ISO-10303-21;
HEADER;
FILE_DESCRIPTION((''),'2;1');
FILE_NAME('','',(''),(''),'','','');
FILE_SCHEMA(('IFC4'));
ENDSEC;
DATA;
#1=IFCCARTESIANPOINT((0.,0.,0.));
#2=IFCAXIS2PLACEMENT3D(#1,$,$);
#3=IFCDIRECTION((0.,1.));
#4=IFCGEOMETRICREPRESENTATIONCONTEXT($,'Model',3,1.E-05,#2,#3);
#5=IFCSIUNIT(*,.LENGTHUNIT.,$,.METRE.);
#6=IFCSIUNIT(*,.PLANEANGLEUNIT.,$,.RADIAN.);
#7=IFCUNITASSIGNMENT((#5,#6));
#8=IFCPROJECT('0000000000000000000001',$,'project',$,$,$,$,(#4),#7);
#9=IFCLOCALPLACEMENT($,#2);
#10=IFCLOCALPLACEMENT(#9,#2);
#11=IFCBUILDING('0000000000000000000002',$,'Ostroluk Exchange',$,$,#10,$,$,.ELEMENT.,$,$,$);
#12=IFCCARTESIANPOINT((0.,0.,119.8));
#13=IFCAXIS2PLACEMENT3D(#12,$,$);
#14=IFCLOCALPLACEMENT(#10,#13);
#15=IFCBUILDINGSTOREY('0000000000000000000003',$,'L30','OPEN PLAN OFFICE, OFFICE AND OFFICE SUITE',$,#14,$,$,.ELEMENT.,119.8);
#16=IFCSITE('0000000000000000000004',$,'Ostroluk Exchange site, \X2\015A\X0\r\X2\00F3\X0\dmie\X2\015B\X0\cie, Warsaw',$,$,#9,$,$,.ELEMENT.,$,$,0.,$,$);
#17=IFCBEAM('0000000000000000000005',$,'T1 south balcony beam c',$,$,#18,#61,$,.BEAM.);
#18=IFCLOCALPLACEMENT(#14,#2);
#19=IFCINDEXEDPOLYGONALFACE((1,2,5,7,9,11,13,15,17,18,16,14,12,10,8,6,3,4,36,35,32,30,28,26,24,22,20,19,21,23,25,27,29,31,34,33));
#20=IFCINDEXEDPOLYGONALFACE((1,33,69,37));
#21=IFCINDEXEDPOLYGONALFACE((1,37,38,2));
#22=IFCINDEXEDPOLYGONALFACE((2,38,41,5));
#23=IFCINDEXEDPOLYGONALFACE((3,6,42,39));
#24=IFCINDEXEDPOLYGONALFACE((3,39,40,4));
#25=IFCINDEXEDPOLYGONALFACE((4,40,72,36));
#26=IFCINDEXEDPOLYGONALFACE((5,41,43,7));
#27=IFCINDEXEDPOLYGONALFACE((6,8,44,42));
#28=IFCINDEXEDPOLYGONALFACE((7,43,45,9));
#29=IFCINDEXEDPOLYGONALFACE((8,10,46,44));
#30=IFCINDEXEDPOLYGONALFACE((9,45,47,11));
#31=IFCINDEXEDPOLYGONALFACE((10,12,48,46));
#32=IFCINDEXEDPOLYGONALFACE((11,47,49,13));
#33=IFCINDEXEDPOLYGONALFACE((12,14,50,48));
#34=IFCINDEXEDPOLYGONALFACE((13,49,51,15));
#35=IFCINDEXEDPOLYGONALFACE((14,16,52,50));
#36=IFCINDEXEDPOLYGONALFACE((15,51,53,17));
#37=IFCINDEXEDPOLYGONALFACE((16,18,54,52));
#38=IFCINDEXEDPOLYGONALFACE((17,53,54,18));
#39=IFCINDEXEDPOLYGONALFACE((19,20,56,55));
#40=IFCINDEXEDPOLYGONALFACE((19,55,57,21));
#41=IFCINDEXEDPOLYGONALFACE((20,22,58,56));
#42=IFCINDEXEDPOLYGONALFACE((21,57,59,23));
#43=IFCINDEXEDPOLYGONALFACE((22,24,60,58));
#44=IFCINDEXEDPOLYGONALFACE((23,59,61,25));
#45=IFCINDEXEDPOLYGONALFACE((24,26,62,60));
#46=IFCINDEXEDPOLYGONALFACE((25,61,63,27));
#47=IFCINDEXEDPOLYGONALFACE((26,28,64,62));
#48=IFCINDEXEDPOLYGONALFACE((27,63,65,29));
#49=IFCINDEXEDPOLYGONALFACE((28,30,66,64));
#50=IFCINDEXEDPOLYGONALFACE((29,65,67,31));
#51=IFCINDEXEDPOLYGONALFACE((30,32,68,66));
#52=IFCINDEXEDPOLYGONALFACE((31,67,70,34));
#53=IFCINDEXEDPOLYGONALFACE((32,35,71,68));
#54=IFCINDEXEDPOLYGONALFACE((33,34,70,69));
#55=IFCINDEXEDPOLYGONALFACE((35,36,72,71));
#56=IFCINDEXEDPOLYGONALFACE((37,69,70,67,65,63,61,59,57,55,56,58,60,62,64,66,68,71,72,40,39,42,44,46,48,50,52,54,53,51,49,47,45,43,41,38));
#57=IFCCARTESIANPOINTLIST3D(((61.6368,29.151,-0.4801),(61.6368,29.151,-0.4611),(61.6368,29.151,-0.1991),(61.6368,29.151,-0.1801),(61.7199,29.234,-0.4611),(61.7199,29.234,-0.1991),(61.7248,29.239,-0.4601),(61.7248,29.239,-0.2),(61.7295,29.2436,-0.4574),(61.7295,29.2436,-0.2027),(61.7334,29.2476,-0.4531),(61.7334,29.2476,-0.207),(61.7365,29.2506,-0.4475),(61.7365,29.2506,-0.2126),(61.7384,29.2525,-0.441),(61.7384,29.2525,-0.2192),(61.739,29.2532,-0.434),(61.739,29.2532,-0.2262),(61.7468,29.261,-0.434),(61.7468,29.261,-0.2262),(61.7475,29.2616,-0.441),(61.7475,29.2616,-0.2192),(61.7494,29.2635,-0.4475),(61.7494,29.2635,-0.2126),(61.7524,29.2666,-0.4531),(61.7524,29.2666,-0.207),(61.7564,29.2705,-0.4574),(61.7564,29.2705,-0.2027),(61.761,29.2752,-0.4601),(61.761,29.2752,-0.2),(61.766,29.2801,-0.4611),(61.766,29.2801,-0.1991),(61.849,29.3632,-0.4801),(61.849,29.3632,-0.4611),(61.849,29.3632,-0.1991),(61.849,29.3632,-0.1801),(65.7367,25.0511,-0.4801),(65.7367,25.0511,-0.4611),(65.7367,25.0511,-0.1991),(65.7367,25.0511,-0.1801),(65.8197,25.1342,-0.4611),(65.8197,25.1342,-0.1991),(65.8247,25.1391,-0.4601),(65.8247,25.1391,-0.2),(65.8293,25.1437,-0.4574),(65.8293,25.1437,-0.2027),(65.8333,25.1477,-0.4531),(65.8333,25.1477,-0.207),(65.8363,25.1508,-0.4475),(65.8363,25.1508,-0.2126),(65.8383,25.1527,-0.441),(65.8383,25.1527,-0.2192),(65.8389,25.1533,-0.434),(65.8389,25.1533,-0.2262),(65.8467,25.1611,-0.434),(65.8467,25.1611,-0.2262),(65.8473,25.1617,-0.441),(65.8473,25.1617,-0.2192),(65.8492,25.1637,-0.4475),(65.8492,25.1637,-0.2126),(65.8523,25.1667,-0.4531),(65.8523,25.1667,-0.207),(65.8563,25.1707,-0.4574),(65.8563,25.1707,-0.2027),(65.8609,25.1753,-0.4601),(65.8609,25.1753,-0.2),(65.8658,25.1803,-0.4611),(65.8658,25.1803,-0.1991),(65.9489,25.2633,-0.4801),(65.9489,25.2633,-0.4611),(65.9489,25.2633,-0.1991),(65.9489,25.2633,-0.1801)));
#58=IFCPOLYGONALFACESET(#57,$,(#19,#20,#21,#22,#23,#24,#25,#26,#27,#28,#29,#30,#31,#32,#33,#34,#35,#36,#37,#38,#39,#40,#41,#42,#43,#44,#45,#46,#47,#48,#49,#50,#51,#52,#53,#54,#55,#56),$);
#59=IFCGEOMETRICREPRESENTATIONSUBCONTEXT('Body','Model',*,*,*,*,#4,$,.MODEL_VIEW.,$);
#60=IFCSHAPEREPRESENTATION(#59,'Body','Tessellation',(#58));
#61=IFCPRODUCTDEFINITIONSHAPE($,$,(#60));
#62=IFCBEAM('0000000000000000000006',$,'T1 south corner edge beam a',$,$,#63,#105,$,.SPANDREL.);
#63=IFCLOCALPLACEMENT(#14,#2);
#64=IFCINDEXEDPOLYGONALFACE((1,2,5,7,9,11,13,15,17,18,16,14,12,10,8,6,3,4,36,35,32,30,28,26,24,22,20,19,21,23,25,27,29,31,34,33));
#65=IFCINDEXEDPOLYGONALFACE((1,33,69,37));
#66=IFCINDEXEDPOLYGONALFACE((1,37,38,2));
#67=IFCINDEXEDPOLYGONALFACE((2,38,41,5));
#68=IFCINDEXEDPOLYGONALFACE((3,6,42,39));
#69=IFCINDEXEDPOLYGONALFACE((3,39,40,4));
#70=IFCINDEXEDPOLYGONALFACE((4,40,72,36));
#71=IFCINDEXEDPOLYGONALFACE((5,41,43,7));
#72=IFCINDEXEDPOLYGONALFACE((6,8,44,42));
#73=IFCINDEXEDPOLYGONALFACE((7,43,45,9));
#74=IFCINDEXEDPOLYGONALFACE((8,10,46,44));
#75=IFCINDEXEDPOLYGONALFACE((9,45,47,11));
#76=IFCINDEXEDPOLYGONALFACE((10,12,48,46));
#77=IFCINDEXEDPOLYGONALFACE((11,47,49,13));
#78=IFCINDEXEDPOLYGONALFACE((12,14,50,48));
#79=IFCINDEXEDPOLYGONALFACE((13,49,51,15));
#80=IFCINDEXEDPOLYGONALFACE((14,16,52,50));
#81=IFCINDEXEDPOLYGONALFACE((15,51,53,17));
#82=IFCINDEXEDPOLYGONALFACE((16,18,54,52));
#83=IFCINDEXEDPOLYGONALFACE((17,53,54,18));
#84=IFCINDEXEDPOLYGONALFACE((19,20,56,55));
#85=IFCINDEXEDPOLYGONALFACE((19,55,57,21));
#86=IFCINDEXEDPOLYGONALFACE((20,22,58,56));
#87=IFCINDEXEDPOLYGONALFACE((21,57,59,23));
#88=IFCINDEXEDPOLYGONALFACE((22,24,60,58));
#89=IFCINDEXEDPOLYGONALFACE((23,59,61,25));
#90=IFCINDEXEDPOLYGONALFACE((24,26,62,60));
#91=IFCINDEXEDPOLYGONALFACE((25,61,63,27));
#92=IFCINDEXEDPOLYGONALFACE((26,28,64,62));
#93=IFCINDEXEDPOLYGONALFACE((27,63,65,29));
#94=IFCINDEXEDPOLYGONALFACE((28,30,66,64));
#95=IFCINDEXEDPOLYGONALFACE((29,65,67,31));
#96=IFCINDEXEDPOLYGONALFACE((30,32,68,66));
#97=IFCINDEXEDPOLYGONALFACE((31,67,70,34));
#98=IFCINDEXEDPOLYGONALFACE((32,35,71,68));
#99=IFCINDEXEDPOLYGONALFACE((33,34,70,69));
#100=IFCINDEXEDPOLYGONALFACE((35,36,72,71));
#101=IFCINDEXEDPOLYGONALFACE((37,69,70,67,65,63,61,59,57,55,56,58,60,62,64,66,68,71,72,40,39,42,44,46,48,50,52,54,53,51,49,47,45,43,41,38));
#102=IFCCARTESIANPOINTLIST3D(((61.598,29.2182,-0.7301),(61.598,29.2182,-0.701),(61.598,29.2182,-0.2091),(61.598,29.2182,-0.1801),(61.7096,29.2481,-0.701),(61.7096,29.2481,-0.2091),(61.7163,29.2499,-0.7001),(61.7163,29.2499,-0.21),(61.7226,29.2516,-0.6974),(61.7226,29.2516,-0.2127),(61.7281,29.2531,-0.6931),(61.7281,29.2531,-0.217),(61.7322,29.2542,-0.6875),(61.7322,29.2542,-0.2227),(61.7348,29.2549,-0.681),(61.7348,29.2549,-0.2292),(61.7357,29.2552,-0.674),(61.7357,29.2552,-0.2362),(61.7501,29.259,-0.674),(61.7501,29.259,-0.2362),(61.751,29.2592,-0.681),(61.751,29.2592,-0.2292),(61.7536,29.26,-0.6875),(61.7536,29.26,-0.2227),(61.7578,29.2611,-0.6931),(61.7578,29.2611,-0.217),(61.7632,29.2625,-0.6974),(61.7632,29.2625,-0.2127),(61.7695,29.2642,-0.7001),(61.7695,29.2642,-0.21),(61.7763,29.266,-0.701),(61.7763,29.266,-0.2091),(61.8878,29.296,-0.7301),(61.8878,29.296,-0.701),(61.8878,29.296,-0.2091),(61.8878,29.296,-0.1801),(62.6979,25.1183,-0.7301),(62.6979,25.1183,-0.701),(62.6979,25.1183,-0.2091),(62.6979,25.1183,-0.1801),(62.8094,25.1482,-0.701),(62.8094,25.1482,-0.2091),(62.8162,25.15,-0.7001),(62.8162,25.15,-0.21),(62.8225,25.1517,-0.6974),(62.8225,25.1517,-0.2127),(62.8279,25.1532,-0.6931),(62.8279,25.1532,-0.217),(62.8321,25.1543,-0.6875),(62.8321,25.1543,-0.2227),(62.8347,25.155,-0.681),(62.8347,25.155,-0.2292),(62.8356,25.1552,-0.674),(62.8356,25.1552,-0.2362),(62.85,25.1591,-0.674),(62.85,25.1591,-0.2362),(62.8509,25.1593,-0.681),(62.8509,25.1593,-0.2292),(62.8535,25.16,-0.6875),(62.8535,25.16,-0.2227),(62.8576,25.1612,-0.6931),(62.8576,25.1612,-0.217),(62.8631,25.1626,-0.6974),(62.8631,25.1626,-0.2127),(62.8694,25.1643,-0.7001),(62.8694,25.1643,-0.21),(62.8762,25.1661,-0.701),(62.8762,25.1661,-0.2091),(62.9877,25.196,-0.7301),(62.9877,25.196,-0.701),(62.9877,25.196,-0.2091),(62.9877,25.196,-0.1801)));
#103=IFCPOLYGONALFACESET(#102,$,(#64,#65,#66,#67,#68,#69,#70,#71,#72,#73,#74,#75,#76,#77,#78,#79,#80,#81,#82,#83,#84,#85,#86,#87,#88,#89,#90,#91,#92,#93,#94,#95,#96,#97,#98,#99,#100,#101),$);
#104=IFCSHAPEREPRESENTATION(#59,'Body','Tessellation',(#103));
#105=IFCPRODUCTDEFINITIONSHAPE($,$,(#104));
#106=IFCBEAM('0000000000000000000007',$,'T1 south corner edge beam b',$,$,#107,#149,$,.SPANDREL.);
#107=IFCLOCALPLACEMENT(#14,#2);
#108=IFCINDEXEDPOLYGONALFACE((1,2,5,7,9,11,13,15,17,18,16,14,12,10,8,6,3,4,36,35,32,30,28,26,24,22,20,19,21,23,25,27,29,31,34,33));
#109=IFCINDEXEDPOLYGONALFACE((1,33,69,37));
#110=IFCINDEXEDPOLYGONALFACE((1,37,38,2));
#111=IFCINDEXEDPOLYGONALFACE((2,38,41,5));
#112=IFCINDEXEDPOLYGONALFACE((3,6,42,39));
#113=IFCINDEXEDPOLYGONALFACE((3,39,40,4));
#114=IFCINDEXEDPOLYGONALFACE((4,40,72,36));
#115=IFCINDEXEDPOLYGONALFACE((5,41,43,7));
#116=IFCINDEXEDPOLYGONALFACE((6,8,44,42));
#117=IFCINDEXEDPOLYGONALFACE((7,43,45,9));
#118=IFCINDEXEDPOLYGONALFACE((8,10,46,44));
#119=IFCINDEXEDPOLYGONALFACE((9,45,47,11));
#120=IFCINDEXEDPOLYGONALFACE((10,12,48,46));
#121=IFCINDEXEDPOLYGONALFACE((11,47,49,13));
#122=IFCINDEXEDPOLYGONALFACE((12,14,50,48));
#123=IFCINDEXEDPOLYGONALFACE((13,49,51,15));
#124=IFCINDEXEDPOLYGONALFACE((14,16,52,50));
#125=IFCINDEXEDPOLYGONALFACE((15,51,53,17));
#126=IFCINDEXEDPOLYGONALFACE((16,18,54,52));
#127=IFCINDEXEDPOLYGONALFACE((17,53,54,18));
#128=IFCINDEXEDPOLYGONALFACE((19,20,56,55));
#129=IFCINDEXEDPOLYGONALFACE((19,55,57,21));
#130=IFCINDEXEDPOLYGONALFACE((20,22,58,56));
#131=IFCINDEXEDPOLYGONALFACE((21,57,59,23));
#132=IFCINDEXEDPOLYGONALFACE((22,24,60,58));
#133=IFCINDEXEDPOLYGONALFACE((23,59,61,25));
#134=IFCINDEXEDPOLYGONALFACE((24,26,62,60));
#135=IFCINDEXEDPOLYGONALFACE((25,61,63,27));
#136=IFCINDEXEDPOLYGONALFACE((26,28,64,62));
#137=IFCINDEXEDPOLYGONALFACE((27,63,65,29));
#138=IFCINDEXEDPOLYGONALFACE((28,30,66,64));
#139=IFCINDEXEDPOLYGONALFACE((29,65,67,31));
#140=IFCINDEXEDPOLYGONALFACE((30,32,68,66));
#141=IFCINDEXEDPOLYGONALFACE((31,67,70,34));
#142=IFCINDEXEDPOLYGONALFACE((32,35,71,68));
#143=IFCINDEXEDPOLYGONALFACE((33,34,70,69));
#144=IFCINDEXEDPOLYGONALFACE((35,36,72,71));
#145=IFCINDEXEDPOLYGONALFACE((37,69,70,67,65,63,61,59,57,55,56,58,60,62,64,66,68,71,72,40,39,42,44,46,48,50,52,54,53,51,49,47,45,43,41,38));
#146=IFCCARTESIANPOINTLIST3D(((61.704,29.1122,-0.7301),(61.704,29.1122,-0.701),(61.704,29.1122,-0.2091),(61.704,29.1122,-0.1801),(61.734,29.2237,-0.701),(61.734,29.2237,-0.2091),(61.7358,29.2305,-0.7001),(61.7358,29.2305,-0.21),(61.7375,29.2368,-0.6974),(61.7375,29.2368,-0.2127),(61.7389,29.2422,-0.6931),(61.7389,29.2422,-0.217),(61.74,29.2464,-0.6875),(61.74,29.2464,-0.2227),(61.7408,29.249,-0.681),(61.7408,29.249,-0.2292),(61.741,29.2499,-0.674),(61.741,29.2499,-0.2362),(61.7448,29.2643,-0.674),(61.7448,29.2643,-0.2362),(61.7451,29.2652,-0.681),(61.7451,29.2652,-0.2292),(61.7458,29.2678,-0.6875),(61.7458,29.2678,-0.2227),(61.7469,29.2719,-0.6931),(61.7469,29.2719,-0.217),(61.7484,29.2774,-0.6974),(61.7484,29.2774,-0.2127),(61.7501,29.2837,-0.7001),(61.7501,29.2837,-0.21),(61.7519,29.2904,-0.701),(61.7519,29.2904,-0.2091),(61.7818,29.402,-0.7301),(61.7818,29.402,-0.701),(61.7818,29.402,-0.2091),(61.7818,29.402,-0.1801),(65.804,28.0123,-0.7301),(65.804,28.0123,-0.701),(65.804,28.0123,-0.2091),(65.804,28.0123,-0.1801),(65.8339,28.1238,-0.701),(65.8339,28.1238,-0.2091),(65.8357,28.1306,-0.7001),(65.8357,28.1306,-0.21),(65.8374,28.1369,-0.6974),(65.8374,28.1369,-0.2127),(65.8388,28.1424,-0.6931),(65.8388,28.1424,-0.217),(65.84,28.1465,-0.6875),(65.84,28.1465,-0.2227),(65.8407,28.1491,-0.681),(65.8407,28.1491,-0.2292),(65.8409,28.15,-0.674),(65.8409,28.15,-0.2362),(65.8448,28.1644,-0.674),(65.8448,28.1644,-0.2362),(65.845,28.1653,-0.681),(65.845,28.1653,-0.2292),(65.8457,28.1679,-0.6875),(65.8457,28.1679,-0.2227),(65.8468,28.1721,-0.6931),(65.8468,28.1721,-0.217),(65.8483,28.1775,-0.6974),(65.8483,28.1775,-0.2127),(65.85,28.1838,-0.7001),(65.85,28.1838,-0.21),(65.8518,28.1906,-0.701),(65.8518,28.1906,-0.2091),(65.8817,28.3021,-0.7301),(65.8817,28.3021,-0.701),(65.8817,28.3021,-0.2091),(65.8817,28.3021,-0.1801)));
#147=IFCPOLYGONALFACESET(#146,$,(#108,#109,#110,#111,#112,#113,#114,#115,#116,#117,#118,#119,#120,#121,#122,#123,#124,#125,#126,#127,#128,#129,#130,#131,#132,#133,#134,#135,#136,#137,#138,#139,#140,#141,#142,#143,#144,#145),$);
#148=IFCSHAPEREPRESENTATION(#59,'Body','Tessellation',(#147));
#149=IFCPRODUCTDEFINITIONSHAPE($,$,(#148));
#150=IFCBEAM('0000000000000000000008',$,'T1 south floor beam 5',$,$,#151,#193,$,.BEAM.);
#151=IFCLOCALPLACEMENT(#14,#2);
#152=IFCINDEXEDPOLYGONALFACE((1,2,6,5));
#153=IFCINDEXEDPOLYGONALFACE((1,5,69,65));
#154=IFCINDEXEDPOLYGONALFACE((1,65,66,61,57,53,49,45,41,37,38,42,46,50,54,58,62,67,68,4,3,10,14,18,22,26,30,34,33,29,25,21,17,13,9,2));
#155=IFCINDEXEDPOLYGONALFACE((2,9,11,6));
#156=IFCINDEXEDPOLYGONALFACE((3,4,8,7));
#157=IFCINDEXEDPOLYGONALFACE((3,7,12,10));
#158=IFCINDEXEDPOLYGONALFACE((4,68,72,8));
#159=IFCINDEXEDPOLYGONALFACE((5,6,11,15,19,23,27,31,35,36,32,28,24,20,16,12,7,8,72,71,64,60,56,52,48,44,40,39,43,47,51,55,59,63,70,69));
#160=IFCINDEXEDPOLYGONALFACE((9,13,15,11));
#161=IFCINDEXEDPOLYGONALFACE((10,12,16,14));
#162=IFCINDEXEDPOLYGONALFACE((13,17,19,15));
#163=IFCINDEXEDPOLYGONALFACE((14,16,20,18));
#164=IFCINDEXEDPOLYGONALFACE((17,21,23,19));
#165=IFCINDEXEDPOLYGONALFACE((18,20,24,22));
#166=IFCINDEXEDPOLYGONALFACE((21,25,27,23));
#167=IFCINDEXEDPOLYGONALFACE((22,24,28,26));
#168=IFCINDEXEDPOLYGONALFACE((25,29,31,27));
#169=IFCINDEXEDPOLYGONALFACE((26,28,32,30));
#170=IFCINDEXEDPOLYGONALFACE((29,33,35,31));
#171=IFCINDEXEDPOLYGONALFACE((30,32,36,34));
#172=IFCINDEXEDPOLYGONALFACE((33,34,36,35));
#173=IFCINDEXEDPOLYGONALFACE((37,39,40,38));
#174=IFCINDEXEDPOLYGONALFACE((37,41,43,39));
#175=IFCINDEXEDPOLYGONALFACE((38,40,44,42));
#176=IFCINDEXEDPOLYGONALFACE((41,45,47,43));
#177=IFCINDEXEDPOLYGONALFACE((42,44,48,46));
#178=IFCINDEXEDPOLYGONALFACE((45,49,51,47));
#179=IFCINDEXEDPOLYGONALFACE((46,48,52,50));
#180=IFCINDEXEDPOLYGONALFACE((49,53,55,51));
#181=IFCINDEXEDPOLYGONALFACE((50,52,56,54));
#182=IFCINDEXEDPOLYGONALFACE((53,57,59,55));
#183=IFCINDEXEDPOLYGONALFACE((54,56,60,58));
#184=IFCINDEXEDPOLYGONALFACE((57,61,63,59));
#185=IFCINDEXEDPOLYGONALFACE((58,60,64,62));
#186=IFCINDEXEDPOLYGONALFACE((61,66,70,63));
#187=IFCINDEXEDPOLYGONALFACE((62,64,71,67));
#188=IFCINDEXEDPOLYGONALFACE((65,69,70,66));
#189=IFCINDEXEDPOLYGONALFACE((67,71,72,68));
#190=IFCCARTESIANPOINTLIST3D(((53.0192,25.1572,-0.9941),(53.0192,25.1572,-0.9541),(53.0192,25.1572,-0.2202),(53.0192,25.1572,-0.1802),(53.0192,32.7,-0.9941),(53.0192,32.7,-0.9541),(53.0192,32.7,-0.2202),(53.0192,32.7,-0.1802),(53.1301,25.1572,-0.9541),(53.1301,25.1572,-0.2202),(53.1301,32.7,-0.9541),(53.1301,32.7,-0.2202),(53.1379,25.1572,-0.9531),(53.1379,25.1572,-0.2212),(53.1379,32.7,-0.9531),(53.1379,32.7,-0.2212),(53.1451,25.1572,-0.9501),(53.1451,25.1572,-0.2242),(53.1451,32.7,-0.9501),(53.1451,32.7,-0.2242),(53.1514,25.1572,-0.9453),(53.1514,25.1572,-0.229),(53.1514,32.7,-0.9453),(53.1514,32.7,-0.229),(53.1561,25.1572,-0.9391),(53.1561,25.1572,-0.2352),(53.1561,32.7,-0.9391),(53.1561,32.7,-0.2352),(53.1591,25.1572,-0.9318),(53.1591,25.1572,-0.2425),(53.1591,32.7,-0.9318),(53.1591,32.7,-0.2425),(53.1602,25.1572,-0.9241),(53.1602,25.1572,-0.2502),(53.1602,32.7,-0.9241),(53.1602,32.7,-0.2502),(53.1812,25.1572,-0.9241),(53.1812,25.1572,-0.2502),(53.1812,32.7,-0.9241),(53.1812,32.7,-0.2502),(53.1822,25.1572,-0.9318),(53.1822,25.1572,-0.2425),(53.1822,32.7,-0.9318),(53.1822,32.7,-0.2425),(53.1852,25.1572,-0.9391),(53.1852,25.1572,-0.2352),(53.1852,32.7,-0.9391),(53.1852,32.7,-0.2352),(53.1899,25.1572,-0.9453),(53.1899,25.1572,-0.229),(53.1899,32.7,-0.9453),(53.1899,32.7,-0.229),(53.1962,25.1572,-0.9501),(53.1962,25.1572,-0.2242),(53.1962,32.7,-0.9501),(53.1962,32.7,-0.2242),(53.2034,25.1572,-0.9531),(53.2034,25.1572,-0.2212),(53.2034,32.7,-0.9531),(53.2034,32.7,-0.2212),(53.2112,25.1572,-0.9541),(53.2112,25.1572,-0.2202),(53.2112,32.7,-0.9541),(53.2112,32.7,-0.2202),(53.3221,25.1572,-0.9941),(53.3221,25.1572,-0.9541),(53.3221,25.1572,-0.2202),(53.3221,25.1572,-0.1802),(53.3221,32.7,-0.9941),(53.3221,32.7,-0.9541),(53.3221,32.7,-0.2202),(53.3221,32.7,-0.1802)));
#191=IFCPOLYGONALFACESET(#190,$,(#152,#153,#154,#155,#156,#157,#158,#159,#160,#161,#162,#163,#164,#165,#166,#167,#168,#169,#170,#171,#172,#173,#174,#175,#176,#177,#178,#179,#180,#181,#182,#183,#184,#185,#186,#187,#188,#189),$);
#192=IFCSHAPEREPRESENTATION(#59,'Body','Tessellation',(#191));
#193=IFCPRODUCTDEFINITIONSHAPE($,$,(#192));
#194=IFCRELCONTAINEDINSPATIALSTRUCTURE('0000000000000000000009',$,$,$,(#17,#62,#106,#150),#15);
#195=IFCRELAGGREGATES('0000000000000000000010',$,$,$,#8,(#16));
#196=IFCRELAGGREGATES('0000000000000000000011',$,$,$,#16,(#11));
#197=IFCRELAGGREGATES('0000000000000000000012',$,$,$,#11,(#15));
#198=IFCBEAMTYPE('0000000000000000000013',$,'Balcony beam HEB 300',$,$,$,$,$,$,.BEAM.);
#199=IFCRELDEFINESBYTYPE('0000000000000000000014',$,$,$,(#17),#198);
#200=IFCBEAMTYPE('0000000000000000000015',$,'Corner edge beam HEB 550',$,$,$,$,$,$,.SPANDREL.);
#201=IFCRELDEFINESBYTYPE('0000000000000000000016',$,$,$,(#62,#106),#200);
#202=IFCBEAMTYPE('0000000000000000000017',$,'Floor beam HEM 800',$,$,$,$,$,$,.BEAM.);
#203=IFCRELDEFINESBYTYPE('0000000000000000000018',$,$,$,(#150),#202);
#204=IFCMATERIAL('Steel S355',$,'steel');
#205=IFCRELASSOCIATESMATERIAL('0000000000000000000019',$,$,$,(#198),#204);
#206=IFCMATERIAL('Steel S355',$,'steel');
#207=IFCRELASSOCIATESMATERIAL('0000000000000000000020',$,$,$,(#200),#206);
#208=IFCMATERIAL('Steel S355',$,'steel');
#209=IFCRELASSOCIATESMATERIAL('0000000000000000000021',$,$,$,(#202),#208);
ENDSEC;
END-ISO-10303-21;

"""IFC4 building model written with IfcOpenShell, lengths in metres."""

from ifc_helpers import new_model, si_unit, direction, frame, origin, origin_2d, place, context, subcontext, project, spatial, i_section, extrude, material, material_profile, profile_set, type_object, element, save


model = new_model("IFC4")

# Units and contexts
model_context = context("Model", 3, precision=1e-05, world=origin(), true_north=direction((0.0, 1.0)))
body_context = subcontext(model_context, "Body", "Model", "MODEL_VIEW")
ifc_project = project(units=[si_unit("LENGTHUNIT", "METRE"), si_unit("PLANEANGLEUNIT", "RADIAN")], contexts=[model_context])

# Site, building, storey
site_placement = place(None, origin())
site = spatial("IfcSite", under=ifc_project, at=site_placement, Name="Ostroluk Exchange site, Śródmieście, Warsaw", CompositionType="ELEMENT", RefElevation=0.0)
building_placement = place(site_placement, origin())
building = spatial("IfcBuilding", under=site, at=building_placement, Name="Ostroluk Exchange", CompositionType="ELEMENT")
storey_placement = place(building_placement, frame((0.0, 0.0, 119.8)))
storey = spatial("IfcBuildingStorey", under=building, at=storey_placement, Name="L30", Description="OPEN PLAN OFFICE, OFFICE AND OFFICE SUITE", CompositionType="ELEMENT", Elevation=119.8)

# Beams
ifc_material_1 = material(Name="Steel S355", Category="steel")
ifc_material_profile_1 = material_profile(ifc_material_1, i_section(OverallWidth=0.3, OverallDepth=0.3, WebThickness=0.011, FlangeThickness=0.019, FilletRadius=0.0271, at=origin_2d()), Name="HEB 300")
ifc_profile_set_1 = profile_set([ifc_material_profile_1], Name="Steel S355")
beam_type_1 = type_object("IfcBeamType", Name="Balcony beam HEB 300", PredefinedType="BEAM", material=ifc_profile_set_1)
beam_1_placement = place(storey_placement, frame((61.7429, 29.2571, -0.3301), z_axis=(0.707107, -0.707107, 0.0), x_axis=(0.707107, 0.707107, 0.0)))
element("IfcBeam", 1, at=beam_1_placement, inside=storey, type_object=beam_type_1, Name="T1 south balcony beam c", PredefinedType="BEAM", context=body_context, shape_type="SweptSolid", body=[
    extrude(i_section(OverallWidth=0.3, OverallDepth=0.3, WebThickness=0.011, FlangeThickness=0.019, FilletRadius=0.0271, at=origin_2d()), origin(), (0.0, 0.0, 1.0), 5.7981),
])
ifc_material_2 = material(Name="Steel S355", Category="steel")
ifc_material_profile_2 = material_profile(ifc_material_2, i_section(OverallWidth=0.3, OverallDepth=0.55, WebThickness=0.0149, FlangeThickness=0.0291, FilletRadius=0.0271, at=origin_2d()), Name="HEB 550")
ifc_profile_set_2 = profile_set([ifc_material_profile_2], Name="Steel S355")
beam_type_2 = type_object("IfcBeamType", Name="Corner edge beam HEB 550", PredefinedType="SPANDREL", material=ifc_profile_set_2)
for number, where, z_axis, x_axis, name in (
    (2, (61.7429, 29.2571, -0.4551), (0.259105, -0.965849, 0.0), (0.965849, 0.259105, 0.0), "T1 south corner edge beam a"),
    (3, (61.7429, 29.2571, -0.4551), (0.965849, -0.259105, 0.0), (0.259105, 0.965849, 0.0), "T1 south corner edge beam b"),
):
    element("IfcBeam", number, at=place(storey_placement, frame(where, z_axis=z_axis, x_axis=x_axis)), inside=storey, type_object=beam_type_2, Name=name, PredefinedType="SPANDREL", context=body_context, shape_type="SweptSolid", body=[
        extrude(i_section(OverallWidth=0.3, OverallDepth=0.55, WebThickness=0.0149, FlangeThickness=0.0291, FilletRadius=0.0271, at=origin_2d()), origin(), (0.0, 0.0, 1.0), 4.2449),
    ])
ifc_material_3 = material(Name="Steel S355", Category="steel")
ifc_material_profile_3 = material_profile(ifc_material_3, i_section(OverallWidth=0.303, OverallDepth=0.814, WebThickness=0.021, FlangeThickness=0.04, FilletRadius=0.03, at=origin_2d()), Name="HEM 800")
ifc_profile_set_3 = profile_set([ifc_material_profile_3], Name="Steel S355")
beam_type_3 = type_object("IfcBeamType", Name="Floor beam HEM 800", PredefinedType="BEAM", material=ifc_profile_set_3)
for number, where, z_axis, x_axis, name in (
    (4, (53.1707, 32.7, -0.5872), (0.0, -1.0, 0.0), (1.0, 0.0, 0.0), "T1 south floor beam 5"),
):
    element("IfcBeam", number, at=place(storey_placement, frame(where, z_axis=z_axis, x_axis=x_axis)), inside=storey, type_object=beam_type_3, Name=name, PredefinedType="BEAM", context=body_context, shape_type="SweptSolid", body=[
        extrude(i_section(OverallWidth=0.303, OverallDepth=0.814, WebThickness=0.021, FlangeThickness=0.04, FilletRadius=0.03, at=origin_2d()), origin(), (0.0, 0.0, 1.0), 7.5427),
    ])

save(model, "model.ifc")
